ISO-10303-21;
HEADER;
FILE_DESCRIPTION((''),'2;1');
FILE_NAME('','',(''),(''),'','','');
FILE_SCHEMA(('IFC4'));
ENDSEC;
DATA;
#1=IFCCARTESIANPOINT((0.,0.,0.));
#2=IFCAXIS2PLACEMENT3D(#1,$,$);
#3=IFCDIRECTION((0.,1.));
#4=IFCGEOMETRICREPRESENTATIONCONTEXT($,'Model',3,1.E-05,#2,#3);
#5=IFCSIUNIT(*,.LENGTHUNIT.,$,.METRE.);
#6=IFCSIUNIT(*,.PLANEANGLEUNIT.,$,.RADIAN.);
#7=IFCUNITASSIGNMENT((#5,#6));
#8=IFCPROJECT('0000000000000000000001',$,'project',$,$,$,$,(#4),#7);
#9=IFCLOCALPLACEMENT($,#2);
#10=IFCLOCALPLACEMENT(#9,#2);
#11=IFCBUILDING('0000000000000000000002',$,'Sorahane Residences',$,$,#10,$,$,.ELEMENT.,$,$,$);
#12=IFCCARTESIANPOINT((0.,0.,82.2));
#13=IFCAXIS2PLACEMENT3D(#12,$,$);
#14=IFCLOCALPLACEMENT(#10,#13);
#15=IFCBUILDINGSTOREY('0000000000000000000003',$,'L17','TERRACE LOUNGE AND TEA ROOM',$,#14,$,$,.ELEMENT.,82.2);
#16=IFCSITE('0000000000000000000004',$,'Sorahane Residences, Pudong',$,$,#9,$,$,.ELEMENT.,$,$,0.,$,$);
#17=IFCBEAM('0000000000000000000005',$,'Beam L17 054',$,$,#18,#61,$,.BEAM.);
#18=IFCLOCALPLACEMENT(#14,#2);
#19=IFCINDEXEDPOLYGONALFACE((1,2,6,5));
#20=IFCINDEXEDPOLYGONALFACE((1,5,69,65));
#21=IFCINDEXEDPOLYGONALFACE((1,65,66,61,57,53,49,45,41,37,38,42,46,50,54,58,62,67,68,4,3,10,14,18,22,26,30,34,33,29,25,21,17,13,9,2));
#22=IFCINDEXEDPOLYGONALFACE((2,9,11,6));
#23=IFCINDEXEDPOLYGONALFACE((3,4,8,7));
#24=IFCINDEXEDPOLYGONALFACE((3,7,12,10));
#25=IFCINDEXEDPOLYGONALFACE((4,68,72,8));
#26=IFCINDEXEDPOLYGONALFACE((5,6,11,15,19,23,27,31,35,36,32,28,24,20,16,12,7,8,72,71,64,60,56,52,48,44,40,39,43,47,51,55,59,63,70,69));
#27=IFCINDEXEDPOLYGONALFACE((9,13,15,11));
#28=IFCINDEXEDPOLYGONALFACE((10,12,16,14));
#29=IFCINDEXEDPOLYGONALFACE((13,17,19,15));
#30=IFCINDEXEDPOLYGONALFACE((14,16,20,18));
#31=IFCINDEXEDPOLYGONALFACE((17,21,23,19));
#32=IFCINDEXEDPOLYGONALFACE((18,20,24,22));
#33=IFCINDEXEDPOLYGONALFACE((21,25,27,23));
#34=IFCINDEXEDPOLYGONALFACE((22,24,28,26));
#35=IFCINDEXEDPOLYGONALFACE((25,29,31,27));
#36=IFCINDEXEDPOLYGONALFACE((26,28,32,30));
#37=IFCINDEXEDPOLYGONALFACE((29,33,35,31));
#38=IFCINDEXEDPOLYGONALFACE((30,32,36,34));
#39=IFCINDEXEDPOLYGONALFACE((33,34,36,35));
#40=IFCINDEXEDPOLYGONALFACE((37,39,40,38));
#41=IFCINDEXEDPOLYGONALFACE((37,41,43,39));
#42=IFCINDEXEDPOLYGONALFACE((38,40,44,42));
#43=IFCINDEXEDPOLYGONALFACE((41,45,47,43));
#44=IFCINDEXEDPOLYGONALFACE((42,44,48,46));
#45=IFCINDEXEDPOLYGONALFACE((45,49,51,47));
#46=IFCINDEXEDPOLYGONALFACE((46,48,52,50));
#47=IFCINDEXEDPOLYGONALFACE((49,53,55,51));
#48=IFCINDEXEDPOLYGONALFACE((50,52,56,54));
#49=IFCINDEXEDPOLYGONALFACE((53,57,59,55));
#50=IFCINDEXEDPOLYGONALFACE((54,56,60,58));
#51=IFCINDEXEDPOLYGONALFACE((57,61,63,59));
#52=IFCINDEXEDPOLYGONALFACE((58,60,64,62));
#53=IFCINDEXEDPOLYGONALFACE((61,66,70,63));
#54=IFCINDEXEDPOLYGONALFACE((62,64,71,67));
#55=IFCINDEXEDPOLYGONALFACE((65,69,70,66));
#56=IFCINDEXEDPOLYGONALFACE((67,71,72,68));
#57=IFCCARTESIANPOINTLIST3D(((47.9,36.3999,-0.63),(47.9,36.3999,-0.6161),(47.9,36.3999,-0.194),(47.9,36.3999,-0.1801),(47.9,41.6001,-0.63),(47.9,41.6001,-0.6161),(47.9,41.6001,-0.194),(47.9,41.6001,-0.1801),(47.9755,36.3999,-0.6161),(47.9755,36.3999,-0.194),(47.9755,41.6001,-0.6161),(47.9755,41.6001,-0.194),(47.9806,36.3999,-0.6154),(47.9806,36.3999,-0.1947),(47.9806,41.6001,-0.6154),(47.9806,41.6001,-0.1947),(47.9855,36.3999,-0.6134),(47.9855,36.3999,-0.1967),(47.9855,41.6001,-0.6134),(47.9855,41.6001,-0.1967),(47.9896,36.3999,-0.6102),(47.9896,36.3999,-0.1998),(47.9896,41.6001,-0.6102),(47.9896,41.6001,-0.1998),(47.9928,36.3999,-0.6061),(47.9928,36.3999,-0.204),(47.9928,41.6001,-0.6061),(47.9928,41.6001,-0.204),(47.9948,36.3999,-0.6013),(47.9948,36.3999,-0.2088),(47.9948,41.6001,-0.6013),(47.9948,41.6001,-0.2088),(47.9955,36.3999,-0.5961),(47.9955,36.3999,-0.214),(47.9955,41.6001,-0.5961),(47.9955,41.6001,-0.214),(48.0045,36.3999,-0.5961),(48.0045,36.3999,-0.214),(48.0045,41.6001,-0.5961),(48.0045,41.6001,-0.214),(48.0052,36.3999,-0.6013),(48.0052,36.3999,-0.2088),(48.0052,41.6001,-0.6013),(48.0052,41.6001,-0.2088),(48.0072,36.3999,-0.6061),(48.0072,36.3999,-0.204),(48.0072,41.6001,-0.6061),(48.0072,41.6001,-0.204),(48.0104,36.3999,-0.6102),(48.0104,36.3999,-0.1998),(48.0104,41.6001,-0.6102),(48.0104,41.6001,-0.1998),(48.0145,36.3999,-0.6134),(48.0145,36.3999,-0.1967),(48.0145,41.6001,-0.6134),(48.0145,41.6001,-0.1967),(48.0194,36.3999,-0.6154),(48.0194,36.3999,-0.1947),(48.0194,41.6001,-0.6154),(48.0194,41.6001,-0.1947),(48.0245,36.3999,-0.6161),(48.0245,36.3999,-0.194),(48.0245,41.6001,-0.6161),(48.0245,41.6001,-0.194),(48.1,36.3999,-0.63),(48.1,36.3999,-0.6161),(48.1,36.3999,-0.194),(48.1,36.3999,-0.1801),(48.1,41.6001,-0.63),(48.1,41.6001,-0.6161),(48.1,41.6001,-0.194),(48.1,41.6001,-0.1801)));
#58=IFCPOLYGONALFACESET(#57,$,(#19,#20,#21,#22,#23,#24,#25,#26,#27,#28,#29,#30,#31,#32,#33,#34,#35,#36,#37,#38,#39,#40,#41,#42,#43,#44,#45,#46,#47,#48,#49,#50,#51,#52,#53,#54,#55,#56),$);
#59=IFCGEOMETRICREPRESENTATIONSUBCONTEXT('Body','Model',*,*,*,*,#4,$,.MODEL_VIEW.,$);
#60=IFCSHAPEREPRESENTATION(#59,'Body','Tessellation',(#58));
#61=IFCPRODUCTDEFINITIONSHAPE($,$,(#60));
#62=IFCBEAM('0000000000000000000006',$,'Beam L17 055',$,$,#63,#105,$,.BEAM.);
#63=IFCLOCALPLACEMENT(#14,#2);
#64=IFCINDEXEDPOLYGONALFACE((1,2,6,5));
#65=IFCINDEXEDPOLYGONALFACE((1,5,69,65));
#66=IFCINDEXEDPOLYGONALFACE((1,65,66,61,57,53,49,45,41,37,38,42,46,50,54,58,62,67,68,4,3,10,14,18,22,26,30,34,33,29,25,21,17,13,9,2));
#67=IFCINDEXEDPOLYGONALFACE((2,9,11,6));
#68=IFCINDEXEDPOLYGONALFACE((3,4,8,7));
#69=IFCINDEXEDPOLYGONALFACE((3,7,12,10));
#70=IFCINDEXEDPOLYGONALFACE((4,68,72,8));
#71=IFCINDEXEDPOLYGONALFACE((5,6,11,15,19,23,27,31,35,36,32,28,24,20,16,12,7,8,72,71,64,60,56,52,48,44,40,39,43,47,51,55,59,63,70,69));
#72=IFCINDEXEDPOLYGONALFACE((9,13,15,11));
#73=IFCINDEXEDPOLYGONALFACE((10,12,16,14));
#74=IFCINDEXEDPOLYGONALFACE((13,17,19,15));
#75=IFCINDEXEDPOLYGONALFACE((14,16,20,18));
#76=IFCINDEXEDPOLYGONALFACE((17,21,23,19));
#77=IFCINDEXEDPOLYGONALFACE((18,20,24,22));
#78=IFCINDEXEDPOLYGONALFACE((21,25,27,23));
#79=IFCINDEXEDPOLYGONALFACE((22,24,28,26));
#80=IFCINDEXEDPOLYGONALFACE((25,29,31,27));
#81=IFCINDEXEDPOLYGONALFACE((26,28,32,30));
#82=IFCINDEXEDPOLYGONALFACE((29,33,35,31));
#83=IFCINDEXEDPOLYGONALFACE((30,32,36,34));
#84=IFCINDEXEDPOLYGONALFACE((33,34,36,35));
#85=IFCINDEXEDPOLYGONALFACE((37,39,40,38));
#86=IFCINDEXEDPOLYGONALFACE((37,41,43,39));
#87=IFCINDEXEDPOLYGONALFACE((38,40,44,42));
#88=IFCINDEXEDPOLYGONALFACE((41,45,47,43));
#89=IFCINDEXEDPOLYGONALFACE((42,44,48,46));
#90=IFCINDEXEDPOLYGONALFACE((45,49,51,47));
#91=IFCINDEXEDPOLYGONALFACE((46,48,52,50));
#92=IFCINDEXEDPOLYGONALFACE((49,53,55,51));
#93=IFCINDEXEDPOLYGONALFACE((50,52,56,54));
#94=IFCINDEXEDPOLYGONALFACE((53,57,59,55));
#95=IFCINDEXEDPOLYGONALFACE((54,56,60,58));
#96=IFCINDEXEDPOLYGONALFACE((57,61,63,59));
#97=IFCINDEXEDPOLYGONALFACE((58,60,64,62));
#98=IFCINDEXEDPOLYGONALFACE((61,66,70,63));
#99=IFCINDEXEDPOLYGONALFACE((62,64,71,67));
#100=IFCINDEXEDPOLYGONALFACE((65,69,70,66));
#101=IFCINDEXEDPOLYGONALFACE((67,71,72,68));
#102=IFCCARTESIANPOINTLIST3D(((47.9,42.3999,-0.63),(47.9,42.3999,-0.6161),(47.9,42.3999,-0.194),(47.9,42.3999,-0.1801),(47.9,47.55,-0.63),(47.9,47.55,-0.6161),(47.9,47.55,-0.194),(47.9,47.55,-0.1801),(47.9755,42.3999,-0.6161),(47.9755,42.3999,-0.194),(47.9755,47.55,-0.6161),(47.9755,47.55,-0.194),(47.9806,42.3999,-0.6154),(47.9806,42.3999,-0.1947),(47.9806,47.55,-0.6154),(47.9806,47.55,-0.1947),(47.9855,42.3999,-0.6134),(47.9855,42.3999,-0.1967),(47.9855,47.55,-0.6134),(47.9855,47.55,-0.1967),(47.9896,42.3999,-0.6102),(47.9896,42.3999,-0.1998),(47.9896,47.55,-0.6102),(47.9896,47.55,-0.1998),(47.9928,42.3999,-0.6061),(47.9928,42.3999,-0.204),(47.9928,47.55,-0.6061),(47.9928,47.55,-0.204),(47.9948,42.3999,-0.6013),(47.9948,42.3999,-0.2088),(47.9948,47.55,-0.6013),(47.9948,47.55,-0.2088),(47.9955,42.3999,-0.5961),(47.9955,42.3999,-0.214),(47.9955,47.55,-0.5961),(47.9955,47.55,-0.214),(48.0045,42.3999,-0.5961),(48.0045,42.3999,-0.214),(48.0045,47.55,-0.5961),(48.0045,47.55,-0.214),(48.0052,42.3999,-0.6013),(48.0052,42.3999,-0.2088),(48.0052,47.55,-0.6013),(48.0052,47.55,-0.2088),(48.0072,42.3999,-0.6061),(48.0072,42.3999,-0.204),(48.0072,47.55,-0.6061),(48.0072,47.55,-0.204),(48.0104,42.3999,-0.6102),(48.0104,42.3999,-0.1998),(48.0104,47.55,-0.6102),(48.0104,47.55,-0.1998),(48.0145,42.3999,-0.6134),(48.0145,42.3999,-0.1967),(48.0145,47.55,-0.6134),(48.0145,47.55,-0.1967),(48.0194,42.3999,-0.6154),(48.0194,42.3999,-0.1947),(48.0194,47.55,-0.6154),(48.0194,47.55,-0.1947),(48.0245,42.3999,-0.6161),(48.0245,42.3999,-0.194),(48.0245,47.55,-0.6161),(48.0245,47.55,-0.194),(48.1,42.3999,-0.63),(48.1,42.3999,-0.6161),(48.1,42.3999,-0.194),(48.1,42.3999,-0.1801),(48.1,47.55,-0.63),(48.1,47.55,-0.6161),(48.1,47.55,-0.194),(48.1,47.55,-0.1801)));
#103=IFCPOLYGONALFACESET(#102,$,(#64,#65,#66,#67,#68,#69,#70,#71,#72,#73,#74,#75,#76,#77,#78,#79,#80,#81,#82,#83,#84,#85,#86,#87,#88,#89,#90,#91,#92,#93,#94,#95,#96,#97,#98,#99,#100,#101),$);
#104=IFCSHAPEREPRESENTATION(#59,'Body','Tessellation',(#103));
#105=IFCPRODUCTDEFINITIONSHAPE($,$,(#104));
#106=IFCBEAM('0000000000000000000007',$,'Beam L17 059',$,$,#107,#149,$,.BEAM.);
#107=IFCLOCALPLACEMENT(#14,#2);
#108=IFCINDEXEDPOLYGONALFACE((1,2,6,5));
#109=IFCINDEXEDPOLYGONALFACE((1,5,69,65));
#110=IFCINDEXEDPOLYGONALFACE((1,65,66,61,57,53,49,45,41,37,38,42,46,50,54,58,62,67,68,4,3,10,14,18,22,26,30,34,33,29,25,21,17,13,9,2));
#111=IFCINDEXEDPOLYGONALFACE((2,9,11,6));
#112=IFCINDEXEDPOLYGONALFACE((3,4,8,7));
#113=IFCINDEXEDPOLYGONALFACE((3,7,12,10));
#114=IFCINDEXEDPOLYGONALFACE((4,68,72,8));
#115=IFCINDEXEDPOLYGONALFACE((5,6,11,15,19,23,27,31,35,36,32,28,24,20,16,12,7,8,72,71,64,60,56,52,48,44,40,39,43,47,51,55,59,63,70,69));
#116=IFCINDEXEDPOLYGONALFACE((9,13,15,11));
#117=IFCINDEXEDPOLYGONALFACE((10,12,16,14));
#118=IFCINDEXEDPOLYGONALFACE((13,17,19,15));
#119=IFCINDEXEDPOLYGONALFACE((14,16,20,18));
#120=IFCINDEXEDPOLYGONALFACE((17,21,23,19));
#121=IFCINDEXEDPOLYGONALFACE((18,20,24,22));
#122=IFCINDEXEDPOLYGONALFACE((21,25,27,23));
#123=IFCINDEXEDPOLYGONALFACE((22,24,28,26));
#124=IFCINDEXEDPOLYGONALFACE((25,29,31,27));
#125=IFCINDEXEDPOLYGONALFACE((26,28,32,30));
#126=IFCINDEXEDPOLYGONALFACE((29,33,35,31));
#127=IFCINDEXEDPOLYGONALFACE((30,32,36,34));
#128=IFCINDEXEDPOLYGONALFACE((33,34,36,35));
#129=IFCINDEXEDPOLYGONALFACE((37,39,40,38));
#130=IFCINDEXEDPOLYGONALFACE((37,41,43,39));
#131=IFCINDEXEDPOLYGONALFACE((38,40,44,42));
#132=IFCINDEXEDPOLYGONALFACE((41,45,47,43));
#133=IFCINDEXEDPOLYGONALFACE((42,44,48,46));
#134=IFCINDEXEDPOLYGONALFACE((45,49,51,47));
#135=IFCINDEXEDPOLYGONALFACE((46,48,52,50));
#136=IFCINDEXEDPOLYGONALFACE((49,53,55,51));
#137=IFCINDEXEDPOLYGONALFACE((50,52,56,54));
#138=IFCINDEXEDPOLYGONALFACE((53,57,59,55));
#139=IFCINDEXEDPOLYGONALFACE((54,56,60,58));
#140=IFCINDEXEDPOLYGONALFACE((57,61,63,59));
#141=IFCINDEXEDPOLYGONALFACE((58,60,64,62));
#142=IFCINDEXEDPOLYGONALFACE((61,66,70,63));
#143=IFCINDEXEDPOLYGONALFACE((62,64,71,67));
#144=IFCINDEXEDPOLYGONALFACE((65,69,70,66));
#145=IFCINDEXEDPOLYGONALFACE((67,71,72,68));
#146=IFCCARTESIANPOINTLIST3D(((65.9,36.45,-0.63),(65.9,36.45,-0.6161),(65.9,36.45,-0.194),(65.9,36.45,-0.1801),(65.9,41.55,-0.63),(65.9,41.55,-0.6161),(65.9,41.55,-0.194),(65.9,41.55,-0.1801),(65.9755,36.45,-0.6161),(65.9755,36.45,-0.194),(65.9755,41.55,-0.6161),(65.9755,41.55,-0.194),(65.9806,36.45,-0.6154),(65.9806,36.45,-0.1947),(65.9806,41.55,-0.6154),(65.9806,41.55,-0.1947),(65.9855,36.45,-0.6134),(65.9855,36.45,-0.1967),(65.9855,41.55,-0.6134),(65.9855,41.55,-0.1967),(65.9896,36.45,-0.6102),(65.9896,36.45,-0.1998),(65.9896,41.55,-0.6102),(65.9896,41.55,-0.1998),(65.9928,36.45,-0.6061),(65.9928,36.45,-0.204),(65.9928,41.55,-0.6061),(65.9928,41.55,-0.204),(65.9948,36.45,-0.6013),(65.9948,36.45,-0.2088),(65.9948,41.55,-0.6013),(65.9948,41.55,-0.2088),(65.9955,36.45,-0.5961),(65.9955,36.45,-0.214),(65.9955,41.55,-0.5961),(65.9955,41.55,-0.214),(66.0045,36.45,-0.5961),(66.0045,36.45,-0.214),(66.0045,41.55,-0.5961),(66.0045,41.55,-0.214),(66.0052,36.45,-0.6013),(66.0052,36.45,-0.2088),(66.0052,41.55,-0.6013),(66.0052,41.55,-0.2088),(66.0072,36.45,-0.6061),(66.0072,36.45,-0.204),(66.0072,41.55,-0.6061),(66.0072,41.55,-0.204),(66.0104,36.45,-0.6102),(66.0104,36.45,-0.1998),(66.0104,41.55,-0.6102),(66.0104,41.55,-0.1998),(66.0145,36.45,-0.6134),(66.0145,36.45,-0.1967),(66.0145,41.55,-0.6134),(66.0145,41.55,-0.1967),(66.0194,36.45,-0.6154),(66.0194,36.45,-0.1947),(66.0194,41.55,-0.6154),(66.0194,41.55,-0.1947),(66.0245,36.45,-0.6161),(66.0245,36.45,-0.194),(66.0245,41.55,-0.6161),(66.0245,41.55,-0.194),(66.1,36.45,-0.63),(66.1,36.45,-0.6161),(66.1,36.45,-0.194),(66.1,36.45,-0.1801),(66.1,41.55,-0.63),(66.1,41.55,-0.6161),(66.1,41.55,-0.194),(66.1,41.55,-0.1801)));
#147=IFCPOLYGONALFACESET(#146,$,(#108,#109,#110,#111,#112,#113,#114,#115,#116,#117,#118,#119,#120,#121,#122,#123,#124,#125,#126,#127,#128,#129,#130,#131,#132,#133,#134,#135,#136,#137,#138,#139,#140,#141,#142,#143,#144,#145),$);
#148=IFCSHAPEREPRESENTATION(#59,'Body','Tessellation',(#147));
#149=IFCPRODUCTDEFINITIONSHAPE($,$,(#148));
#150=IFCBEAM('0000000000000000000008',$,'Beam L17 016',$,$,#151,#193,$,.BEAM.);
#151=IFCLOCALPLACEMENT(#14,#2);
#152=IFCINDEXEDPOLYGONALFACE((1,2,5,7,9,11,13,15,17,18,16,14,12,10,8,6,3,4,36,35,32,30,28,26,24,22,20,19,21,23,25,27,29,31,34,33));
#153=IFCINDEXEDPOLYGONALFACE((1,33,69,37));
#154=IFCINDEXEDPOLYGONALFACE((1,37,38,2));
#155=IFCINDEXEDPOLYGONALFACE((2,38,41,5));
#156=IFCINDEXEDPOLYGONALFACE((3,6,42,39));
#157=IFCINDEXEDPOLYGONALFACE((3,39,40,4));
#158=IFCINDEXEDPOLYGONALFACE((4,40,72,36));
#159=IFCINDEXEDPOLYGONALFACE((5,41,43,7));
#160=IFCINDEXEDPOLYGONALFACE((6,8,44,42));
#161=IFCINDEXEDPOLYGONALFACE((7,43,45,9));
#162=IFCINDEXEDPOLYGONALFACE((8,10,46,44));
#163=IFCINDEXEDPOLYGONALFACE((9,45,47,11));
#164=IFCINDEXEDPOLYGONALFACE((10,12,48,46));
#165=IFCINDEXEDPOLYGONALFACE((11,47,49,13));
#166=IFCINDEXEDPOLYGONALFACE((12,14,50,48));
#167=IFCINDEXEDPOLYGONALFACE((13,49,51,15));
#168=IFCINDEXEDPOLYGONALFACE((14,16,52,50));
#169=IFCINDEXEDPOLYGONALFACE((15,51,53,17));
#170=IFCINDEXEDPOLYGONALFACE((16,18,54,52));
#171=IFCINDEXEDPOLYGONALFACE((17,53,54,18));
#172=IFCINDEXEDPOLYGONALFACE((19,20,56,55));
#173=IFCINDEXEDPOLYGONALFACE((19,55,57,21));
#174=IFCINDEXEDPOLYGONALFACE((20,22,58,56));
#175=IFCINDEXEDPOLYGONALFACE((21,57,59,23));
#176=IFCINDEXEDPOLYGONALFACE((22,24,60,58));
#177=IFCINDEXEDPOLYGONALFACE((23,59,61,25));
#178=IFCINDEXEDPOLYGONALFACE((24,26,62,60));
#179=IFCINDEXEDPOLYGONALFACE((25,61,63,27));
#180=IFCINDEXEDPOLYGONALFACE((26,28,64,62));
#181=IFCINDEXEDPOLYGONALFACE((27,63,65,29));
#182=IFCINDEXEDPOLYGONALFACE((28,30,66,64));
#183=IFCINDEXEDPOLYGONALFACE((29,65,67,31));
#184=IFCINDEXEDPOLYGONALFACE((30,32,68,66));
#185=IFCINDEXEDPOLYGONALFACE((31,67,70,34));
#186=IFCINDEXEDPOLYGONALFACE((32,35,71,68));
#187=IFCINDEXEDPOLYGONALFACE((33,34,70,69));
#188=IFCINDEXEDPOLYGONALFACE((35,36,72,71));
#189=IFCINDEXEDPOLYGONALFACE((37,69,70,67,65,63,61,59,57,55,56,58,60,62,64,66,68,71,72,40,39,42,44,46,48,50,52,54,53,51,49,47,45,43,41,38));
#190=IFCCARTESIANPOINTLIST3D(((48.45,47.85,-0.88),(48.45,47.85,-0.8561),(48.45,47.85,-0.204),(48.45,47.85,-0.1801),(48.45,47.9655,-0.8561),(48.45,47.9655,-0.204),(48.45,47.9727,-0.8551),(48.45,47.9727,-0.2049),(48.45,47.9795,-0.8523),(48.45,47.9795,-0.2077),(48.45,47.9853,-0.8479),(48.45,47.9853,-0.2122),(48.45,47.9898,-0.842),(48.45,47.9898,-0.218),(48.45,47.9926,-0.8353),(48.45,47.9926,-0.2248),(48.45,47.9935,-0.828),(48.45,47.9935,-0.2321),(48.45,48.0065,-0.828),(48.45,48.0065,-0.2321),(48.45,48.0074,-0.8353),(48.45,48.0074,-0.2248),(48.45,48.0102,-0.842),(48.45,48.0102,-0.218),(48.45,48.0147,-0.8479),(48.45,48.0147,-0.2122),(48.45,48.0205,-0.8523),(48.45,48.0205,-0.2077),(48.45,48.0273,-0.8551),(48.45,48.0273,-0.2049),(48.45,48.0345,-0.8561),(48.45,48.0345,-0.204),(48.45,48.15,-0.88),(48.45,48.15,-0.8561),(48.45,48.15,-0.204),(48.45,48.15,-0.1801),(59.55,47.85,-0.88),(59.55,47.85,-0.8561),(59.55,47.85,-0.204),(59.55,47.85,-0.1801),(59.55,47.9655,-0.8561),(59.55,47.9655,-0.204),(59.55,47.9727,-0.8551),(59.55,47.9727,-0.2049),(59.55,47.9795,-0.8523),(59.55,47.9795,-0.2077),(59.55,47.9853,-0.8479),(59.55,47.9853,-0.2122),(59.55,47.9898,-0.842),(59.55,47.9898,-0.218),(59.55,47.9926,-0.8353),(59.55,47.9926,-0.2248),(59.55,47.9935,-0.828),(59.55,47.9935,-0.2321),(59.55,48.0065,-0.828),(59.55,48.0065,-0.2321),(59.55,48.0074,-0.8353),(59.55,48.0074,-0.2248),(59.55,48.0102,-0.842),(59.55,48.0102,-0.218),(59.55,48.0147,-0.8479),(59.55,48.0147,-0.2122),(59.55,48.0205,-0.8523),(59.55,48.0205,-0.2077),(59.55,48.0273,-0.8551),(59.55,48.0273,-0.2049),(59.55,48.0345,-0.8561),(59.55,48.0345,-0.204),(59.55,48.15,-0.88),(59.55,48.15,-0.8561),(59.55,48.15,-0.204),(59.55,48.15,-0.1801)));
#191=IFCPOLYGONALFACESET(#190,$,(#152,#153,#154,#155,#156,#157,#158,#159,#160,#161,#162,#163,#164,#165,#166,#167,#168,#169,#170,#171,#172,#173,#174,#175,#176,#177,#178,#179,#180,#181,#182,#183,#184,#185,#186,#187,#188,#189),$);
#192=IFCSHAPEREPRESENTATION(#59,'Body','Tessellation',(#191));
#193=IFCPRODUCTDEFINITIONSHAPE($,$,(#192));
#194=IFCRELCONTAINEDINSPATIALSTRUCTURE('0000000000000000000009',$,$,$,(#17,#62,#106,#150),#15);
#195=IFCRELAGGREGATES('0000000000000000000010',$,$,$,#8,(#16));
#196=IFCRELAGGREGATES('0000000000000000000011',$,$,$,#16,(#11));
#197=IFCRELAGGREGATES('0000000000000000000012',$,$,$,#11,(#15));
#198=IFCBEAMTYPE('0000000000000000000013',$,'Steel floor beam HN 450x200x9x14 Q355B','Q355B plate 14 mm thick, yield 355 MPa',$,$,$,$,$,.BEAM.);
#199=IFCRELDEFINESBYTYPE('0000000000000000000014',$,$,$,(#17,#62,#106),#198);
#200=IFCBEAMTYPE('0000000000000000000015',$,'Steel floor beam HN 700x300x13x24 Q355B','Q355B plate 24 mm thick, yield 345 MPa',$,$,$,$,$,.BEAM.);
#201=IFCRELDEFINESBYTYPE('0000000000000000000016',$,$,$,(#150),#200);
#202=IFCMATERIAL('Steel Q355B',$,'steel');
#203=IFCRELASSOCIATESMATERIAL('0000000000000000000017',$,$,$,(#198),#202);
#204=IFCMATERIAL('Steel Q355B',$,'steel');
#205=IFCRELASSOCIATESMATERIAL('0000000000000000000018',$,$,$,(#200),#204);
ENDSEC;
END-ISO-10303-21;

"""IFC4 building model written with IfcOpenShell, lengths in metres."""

from ifc_helpers import new_model, si_unit, direction, frame, origin, origin_2d, place, context, subcontext, project, spatial, i_section, extrude, material, material_profile, profile_set, type_object, element, save


model = new_model("IFC4")

# Units and contexts
model_context = context("Model", 3, precision=1e-05, world=origin(), true_north=direction((0.0, 1.0)))
body_context = subcontext(model_context, "Body", "Model", "MODEL_VIEW")
ifc_project = project(units=[si_unit("LENGTHUNIT", "METRE"), si_unit("PLANEANGLEUNIT", "RADIAN")], contexts=[model_context])

# Site, building, storey
site_placement = place(None, origin())
site = spatial("IfcSite", under=ifc_project, at=site_placement, Name="Sorahane Residences, Pudong", CompositionType="ELEMENT", RefElevation=0.0)
building_placement = place(site_placement, origin())
building = spatial("IfcBuilding", under=site, at=building_placement, Name="Sorahane Residences", CompositionType="ELEMENT")
storey_placement = place(building_placement, frame((0.0, 0.0, 82.2)))
storey = spatial("IfcBuildingStorey", under=building, at=storey_placement, Name="L17", Description="TERRACE LOUNGE AND TEA ROOM", CompositionType="ELEMENT", Elevation=82.2)

# Beams
ifc_material_1 = material(Name="Steel Q355B", Category="steel")
ifc_material_profile_1 = material_profile(ifc_material_1, i_section(OverallWidth=0.2, OverallDepth=0.45, WebThickness=0.009, FlangeThickness=0.0139, FilletRadius=0.02, at=origin_2d()), Name="HN 450x200x9x14")
ifc_profile_set_1 = profile_set([ifc_material_profile_1], Name="Steel Q355B")
beam_type_1 = type_object("IfcBeamType", Name="Steel floor beam HN 450x200x9x14 Q355B", Description="Q355B plate 14 mm thick, yield 355 MPa", PredefinedType="BEAM", material=ifc_profile_set_1)
beam_1_placement = place(storey_placement, frame((48.0, 36.3999, -0.405), z_axis=(0.0, 1.0, 0.0), x_axis=(-1.0, 0.0, 0.0)))
element("IfcBeam", 1, at=beam_1_placement, inside=storey, type_object=beam_type_1, Name="Beam L17 054", PredefinedType="BEAM", context=body_context, shape_type="SweptSolid", body=[
    extrude(i_section(OverallWidth=0.2, OverallDepth=0.45, WebThickness=0.009, FlangeThickness=0.0139, FilletRadius=0.02, at=origin_2d()), origin(), (0.0, 0.0, 1.0), 5.2002),
])
beam_2_placement = place(storey_placement, frame((48.0, 42.3999, -0.405), z_axis=(0.0, 1.0, 0.0), x_axis=(-1.0, 0.0, 0.0)))
element("IfcBeam", 2, at=beam_2_placement, inside=storey, type_object=beam_type_1, Name="Beam L17 055", PredefinedType="BEAM", context=body_context, shape_type="SweptSolid", body=[
    extrude(i_section(OverallWidth=0.2, OverallDepth=0.45, WebThickness=0.009, FlangeThickness=0.0139, FilletRadius=0.02, at=origin_2d()), origin(), (0.0, 0.0, 1.0), 5.1501),
])
beam_3_placement = place(storey_placement, frame((66.0, 36.45, -0.405), z_axis=(0.0, 1.0, 0.0), x_axis=(-1.0, 0.0, 0.0)))
element("IfcBeam", 3, at=beam_3_placement, inside=storey, type_object=beam_type_1, Name="Beam L17 059", PredefinedType="BEAM", context=body_context, shape_type="SweptSolid", body=[
    extrude(i_section(OverallWidth=0.2, OverallDepth=0.45, WebThickness=0.009, FlangeThickness=0.0139, FilletRadius=0.02, at=origin_2d()), origin(), (0.0, 0.0, 1.0), 5.1001),
])
ifc_material_2 = material(Name="Steel Q355B", Category="steel")
ifc_material_profile_2 = material_profile(ifc_material_2, i_section(OverallWidth=0.3, OverallDepth=0.7, WebThickness=0.0129, FlangeThickness=0.0239, FilletRadius=0.0281, at=origin_2d()), Name="HN 700x300x13x24")
ifc_profile_set_2 = profile_set([ifc_material_profile_2], Name="Steel Q355B")
beam_type_2 = type_object("IfcBeamType", Name="Steel floor beam HN 700x300x13x24 Q355B", Description="Q355B plate 24 mm thick, yield 345 MPa", PredefinedType="BEAM", material=ifc_profile_set_2)
beam_4_placement = place(storey_placement, frame((48.45, 48.0, -0.53), z_axis=(1.0, 0.0, 0.0), x_axis=(0.0, 1.0, 0.0)))
element("IfcBeam", 4, at=beam_4_placement, inside=storey, type_object=beam_type_2, Name="Beam L17 016", PredefinedType="BEAM", context=body_context, shape_type="SweptSolid", body=[
    extrude(i_section(OverallWidth=0.3, OverallDepth=0.7, WebThickness=0.0129, FlangeThickness=0.0239, FilletRadius=0.0281, at=origin_2d()), origin(), (0.0, 0.0, 1.0), 11.1001),
])

save(model, "model.ifc")
